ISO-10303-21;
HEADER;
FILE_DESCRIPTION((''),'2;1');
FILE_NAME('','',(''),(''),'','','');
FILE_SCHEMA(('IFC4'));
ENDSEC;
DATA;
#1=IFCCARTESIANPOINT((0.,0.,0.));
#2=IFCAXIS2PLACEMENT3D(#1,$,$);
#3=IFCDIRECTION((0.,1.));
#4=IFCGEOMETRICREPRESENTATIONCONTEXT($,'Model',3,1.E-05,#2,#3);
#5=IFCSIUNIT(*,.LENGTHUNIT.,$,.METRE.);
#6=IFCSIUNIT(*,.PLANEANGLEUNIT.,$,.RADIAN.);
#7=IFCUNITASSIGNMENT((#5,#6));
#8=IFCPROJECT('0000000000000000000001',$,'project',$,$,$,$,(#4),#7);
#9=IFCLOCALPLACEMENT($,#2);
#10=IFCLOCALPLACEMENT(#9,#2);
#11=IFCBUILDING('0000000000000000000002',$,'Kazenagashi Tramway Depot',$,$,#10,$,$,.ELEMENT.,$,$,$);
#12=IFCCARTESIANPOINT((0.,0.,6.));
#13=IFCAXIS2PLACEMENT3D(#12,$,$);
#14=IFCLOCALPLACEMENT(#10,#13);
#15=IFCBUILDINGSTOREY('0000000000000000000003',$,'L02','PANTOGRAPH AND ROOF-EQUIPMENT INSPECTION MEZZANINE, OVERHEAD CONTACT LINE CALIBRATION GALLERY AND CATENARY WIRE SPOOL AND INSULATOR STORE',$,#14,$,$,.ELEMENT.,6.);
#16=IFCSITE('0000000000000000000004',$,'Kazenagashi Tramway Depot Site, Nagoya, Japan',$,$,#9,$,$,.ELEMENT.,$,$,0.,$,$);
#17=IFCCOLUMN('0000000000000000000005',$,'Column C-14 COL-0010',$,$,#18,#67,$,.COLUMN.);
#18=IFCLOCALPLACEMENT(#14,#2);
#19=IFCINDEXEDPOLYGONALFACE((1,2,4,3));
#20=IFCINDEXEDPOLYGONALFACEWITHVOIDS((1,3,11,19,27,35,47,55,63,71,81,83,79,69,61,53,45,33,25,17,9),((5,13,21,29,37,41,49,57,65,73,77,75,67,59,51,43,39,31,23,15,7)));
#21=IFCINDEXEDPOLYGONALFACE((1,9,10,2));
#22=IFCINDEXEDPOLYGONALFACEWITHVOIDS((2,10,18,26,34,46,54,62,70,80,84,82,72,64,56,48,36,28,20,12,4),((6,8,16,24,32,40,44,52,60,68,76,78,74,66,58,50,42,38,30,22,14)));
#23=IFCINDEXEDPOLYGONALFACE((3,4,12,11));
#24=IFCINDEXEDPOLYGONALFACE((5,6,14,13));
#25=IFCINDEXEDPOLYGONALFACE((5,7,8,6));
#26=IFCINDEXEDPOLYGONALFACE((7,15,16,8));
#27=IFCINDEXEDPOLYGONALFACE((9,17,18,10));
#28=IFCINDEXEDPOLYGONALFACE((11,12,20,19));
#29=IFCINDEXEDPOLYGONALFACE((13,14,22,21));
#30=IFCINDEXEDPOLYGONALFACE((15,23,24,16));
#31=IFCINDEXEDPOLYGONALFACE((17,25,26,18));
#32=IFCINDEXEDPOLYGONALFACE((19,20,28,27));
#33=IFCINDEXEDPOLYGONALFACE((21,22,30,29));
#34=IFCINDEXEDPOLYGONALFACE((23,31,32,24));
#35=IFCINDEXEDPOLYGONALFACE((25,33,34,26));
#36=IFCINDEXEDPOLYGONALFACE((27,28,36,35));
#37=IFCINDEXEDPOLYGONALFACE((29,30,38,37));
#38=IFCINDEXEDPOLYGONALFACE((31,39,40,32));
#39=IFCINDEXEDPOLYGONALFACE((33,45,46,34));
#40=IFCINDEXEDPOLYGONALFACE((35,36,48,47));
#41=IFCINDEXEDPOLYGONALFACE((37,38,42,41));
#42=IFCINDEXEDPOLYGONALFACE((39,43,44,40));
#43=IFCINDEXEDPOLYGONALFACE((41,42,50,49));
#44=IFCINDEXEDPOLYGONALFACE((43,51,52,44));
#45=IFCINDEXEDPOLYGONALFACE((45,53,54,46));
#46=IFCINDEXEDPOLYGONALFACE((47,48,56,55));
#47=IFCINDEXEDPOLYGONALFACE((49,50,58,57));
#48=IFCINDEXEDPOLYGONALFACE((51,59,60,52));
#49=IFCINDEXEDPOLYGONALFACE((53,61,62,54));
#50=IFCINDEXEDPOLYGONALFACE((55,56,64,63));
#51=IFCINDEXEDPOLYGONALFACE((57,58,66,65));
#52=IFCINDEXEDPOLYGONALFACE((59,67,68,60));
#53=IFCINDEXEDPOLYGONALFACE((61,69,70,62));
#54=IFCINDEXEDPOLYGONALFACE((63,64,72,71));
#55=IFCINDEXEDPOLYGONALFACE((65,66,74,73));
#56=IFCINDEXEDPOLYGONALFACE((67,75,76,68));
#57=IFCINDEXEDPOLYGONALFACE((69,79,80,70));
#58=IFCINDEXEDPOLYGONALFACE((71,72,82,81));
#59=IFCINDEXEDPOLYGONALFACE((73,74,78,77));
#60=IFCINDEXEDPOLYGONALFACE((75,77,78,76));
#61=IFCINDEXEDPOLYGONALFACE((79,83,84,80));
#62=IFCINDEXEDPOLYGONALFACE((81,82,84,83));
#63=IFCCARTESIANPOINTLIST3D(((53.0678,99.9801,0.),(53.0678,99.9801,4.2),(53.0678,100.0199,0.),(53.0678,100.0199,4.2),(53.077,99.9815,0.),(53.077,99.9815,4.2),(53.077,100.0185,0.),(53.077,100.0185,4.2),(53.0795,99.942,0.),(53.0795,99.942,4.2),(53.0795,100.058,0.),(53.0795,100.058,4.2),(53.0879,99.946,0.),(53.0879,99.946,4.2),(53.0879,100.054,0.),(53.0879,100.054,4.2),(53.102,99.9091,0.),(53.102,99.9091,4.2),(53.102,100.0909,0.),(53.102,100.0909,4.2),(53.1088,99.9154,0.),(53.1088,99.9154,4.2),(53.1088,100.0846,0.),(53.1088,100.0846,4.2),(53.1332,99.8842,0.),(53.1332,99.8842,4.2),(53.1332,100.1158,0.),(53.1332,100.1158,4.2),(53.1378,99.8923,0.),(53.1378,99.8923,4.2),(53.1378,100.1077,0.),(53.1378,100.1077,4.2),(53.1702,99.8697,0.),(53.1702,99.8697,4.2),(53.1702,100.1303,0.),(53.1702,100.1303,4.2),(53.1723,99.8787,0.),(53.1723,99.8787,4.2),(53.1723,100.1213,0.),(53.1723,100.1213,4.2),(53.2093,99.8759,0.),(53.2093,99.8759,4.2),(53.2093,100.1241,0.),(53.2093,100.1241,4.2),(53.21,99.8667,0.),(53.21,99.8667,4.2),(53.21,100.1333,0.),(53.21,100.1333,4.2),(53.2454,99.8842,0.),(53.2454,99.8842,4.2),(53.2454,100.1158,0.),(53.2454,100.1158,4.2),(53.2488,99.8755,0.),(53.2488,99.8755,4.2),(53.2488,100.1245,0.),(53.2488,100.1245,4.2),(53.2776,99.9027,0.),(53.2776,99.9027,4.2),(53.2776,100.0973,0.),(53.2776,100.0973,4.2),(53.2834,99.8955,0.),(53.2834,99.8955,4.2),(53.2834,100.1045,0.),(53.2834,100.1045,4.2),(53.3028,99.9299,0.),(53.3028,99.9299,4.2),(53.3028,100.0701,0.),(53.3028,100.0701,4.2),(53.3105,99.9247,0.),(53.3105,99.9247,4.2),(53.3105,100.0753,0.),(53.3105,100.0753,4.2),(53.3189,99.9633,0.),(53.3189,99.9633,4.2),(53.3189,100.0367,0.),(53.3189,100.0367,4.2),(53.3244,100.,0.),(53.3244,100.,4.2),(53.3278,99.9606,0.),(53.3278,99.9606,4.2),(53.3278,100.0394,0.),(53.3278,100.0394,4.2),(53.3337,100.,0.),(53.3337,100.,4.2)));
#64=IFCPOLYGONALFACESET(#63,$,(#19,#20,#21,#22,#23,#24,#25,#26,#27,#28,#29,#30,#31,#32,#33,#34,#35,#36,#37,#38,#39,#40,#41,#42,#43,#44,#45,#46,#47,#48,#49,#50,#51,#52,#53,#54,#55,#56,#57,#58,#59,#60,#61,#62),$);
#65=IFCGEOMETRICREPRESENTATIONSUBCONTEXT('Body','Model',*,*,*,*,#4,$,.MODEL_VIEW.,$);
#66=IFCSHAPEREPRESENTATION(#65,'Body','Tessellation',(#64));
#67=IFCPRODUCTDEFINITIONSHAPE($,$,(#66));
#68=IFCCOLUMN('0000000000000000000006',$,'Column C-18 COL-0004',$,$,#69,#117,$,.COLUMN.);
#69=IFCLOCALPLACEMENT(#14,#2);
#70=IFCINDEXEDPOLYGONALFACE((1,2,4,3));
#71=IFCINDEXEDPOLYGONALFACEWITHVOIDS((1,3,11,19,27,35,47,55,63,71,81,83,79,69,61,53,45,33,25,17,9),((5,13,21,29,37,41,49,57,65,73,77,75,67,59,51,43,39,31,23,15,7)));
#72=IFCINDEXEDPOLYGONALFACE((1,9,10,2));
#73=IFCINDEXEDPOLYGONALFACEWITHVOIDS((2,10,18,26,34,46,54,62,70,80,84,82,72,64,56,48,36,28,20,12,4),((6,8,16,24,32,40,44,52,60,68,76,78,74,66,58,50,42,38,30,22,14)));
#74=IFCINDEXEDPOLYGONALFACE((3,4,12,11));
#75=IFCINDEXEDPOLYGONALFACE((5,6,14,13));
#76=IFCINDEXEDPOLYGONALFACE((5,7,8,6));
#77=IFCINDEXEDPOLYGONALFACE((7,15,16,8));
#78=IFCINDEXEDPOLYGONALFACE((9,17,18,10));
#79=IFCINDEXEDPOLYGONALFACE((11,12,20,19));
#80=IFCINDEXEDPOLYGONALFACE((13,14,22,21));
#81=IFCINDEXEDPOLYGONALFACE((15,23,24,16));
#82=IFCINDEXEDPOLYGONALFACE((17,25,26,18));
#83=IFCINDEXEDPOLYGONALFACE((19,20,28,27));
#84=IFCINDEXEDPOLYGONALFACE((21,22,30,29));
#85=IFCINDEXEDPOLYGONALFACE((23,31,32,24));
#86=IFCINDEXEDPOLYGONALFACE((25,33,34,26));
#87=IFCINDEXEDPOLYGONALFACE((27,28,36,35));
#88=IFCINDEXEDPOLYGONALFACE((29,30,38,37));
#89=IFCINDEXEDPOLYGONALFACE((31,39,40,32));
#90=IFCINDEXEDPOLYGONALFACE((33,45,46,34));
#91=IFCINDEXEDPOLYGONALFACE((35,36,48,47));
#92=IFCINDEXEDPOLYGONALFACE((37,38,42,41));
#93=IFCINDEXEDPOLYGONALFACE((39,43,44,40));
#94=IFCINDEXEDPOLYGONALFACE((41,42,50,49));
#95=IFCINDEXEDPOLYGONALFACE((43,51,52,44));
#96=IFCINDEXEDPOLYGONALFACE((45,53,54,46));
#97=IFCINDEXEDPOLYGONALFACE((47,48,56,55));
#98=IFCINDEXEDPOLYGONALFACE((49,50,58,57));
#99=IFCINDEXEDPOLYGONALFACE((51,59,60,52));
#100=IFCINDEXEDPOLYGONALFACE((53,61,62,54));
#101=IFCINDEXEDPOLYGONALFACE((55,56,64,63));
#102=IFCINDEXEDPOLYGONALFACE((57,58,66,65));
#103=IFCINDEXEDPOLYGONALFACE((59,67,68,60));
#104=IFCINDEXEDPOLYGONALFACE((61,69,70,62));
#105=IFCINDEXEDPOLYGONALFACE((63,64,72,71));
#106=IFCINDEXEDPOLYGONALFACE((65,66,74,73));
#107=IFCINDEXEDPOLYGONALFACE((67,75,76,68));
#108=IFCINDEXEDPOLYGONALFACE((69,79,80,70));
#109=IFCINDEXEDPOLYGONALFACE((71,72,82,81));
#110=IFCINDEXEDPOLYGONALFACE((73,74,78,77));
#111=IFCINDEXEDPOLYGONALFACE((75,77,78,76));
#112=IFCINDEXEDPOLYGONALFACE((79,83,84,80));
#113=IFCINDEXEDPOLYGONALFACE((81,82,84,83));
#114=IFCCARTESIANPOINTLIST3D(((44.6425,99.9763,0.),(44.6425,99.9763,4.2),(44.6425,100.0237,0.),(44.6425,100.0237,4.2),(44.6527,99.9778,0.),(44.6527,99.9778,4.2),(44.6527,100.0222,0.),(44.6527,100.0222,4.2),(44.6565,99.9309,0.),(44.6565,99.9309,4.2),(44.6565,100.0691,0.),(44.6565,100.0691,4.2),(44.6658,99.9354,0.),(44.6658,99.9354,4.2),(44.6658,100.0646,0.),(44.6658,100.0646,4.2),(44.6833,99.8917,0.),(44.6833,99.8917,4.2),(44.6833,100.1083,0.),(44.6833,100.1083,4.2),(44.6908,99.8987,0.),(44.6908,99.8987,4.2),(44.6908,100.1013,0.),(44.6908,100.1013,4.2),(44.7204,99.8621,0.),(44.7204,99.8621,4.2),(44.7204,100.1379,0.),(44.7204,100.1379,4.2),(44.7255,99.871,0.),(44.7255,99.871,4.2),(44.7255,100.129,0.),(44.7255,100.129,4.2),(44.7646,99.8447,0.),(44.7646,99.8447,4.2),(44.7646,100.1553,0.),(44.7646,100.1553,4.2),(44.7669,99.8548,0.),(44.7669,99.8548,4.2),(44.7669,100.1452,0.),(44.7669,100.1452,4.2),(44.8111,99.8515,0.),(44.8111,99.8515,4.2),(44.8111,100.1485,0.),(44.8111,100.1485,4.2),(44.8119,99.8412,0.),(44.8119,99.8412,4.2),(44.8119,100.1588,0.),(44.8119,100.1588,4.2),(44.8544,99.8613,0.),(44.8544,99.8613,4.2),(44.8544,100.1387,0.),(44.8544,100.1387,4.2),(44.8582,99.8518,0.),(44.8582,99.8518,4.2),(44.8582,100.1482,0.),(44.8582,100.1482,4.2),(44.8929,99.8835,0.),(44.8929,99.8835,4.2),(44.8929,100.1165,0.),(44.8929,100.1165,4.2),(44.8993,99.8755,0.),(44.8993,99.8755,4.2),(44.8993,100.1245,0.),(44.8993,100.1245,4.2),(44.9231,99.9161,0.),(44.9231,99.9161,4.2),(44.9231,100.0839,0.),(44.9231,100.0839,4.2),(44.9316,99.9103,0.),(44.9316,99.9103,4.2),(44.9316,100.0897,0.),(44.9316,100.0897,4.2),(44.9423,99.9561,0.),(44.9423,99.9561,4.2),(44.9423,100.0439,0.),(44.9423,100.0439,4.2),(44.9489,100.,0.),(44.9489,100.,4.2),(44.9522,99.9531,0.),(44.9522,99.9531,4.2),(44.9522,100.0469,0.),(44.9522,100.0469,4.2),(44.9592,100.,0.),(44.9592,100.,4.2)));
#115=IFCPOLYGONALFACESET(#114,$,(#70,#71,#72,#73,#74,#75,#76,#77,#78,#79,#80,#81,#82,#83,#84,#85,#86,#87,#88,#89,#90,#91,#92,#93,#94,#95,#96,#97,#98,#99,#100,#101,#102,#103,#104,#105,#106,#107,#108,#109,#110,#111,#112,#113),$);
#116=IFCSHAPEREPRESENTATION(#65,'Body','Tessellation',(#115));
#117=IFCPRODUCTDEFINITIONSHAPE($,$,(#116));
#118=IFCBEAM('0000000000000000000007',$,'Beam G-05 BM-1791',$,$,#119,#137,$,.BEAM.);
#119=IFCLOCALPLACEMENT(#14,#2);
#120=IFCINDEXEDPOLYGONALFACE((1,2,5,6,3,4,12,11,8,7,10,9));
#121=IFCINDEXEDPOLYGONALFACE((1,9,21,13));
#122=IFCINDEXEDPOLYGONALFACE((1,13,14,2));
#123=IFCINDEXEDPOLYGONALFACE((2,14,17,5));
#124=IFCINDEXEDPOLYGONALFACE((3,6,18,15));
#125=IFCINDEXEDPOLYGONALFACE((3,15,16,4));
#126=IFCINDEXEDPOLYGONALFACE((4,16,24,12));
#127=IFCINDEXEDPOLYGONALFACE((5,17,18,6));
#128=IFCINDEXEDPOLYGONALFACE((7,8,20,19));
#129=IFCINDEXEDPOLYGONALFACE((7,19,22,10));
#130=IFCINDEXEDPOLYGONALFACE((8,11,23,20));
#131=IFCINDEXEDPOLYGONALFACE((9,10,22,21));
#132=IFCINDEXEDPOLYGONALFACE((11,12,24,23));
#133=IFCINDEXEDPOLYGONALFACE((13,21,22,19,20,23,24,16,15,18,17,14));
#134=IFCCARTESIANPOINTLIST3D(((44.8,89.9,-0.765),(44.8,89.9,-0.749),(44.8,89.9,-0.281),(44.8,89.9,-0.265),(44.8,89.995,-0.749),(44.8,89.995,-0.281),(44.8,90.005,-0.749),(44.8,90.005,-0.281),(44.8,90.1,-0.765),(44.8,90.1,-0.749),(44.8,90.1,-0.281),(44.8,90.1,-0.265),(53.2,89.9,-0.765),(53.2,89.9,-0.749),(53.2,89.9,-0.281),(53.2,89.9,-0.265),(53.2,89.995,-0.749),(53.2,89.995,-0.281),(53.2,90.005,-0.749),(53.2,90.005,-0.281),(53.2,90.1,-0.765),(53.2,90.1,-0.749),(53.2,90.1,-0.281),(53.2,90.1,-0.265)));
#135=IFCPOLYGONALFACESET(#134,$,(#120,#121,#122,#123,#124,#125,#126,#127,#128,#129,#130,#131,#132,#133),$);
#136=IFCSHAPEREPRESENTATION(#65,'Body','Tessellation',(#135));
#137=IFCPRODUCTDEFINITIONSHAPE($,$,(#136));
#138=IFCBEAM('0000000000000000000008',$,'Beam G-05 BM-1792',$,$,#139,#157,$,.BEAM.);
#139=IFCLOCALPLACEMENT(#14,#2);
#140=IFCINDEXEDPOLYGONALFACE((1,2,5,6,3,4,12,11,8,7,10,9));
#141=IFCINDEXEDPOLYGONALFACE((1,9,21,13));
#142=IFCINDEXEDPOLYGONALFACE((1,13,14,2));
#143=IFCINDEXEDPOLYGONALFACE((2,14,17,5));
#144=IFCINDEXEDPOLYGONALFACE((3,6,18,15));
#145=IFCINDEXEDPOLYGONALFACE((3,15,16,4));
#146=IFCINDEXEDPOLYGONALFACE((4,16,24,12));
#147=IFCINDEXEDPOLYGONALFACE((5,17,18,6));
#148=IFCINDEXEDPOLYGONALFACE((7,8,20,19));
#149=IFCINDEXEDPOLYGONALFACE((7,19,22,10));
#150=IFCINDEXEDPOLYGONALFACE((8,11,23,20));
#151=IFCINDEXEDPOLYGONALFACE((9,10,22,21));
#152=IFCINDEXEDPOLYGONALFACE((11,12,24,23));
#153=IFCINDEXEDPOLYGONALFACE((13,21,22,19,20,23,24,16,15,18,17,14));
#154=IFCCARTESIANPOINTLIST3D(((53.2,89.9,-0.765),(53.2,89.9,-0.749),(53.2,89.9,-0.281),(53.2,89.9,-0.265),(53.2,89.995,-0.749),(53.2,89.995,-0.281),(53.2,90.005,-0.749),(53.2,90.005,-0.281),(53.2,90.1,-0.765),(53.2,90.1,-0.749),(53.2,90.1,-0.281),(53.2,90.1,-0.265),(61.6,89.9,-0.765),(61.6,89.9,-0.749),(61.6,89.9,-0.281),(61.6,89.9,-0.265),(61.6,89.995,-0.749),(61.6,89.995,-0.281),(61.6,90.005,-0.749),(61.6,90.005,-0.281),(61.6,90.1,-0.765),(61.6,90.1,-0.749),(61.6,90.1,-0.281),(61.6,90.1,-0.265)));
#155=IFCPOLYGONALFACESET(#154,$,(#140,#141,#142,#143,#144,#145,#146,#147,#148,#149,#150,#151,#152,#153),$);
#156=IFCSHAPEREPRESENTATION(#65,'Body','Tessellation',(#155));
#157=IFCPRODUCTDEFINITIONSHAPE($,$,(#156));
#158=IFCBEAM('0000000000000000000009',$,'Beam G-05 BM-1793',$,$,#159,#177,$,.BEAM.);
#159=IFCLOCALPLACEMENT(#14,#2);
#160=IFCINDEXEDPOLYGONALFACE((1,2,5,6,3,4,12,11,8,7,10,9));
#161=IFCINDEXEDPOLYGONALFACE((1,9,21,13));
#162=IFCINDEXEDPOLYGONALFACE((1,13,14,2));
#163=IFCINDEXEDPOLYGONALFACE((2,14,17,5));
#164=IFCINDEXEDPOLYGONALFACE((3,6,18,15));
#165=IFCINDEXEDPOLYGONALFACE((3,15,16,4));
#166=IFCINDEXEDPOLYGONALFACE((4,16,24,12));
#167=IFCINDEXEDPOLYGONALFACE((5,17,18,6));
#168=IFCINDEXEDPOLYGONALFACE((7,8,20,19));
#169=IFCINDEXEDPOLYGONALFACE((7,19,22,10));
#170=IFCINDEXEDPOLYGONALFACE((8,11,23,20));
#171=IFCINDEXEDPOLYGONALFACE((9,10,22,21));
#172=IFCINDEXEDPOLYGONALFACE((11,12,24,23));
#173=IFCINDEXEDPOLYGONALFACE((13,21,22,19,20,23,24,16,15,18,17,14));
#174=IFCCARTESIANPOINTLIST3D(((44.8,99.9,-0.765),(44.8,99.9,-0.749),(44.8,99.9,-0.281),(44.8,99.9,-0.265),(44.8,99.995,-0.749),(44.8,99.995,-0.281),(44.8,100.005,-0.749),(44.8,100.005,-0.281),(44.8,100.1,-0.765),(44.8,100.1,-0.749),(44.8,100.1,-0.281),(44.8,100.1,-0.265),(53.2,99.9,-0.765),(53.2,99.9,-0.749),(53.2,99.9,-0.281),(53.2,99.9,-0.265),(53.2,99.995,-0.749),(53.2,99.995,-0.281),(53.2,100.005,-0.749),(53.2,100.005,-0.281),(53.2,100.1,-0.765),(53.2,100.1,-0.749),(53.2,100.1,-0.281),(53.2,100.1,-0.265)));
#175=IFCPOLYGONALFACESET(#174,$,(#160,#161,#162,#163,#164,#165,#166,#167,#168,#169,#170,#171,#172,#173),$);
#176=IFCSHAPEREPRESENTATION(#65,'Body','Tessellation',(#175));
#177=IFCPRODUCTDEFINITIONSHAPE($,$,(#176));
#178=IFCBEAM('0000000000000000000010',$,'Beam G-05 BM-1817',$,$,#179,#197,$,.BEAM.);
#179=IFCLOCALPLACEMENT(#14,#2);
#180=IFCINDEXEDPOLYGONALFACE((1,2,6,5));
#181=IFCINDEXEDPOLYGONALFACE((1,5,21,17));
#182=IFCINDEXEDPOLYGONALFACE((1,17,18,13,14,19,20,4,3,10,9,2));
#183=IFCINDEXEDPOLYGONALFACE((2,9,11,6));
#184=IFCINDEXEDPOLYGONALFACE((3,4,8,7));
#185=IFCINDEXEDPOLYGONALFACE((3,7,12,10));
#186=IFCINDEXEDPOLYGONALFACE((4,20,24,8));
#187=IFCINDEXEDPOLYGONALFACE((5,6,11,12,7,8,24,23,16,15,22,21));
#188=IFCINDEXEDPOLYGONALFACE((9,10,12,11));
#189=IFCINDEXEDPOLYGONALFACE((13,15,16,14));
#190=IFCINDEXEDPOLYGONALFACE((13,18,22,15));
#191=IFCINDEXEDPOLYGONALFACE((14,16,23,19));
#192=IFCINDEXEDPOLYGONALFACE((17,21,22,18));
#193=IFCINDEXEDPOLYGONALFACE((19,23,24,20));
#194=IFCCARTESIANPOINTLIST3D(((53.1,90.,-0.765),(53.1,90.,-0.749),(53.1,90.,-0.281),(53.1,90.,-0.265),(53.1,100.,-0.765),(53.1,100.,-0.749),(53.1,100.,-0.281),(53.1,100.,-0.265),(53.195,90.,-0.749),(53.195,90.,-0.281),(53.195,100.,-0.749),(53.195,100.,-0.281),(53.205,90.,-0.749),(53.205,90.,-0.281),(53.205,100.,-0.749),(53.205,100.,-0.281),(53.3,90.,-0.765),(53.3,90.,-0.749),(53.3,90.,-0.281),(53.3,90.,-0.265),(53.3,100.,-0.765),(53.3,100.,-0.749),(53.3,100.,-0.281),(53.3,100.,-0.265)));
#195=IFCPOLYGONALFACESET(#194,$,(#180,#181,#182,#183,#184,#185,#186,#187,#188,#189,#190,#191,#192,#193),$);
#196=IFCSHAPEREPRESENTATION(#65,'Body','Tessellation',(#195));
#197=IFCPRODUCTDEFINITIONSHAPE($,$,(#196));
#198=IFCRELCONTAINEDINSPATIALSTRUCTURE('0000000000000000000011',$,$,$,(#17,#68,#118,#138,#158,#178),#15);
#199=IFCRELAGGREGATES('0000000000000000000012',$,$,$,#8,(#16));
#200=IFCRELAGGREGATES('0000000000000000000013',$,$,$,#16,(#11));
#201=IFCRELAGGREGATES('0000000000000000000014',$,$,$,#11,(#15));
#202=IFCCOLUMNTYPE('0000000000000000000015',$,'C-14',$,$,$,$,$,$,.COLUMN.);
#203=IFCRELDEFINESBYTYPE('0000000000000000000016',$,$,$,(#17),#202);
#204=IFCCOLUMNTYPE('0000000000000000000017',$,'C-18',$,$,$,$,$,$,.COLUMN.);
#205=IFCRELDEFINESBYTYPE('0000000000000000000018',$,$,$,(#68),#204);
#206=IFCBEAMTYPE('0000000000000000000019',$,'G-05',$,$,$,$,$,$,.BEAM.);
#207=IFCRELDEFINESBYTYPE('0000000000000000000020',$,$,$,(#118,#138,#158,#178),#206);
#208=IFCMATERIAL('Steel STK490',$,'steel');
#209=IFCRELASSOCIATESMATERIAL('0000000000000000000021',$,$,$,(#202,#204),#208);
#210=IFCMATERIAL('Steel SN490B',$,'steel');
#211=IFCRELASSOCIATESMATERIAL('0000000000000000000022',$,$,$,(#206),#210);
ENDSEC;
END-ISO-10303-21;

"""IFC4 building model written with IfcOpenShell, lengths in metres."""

from ifc_helpers import new_model, si_unit, direction, frame, origin, origin_2d, place, context, subcontext, project, spatial, hollow_circle, i_section, extrude, material, material_profile, profile_set, type_object, element, save


model = new_model("IFC4")

# Units and contexts
model_context = context("Model", 3, precision=1e-05, world=origin(), true_north=direction((0.0, 1.0)))
body_context = subcontext(model_context, "Body", "Model", "MODEL_VIEW")
ifc_project = project(units=[si_unit("LENGTHUNIT", "METRE"), si_unit("PLANEANGLEUNIT", "RADIAN")], contexts=[model_context])

# Site, building, storey
site_placement = place(None, origin())
site = spatial("IfcSite", under=ifc_project, at=site_placement, Name="Kazenagashi Tramway Depot Site, Nagoya, Japan", CompositionType="ELEMENT", RefElevation=0.0)
building_placement = place(site_placement, origin())
building = spatial("IfcBuilding", under=site, at=building_placement, Name="Kazenagashi Tramway Depot", CompositionType="ELEMENT")
storey_placement = place(building_placement, frame((0.0, 0.0, 6.0)))
storey = spatial("IfcBuildingStorey", under=building, at=storey_placement, Name="L02", Description="PANTOGRAPH AND ROOF-EQUIPMENT INSPECTION MEZZANINE, OVERHEAD CONTACT LINE CALIBRATION GALLERY AND CATENARY WIRE SPOOL AND INSULATOR STORE", CompositionType="ELEMENT", Elevation=6.0)

# Columns
ifc_material_1 = material(Name="Steel STK490", Category="steel")
ifc_material_profile_1 = material_profile(ifc_material_1, hollow_circle(Radius=0.1337, WallThickness=0.0093, at=origin_2d()), Name="CHS-267.4x9.3")
ifc_profile_set_1 = profile_set([ifc_material_profile_1], Name="Steel STK490")
column_type_1 = type_object("IfcColumnType", Name="C-14", PredefinedType="COLUMN", material=ifc_profile_set_1)
column_1_placement = place(storey_placement, frame((53.2, 100.0, 0.0), z_axis=(0.0, 0.0, 1.0), x_axis=(1.0, 0.0, 0.0)))
element("IfcColumn", 1, at=column_1_placement, inside=storey, type_object=column_type_1, Name="Column C-14 COL-0010", PredefinedType="COLUMN", context=body_context, shape_type="SweptSolid", body=[
    extrude(hollow_circle(Radius=0.1337, WallThickness=0.0093, at=origin_2d()), origin(), (0.0, 0.0, 1.0), 4.2),
])
ifc_material_profile_2 = material_profile(ifc_material_1, hollow_circle(Radius=0.1593, WallThickness=0.0103, at=origin_2d()), Name="CHS-318.5x10.3")
ifc_profile_set_2 = profile_set([ifc_material_profile_2], Name="Steel STK490")
column_type_2 = type_object("IfcColumnType", Name="C-18", PredefinedType="COLUMN", material=ifc_profile_set_2)
column_2_placement = place(storey_placement, frame((44.8, 100.0, 0.0), z_axis=(0.0, 0.0, 1.0), x_axis=(1.0, 0.0, 0.0)))
element("IfcColumn", 2, at=column_2_placement, inside=storey, type_object=column_type_2, Name="Column C-18 COL-0004", PredefinedType="COLUMN", context=body_context, shape_type="SweptSolid", body=[
    extrude(hollow_circle(Radius=0.1593, WallThickness=0.0103, at=origin_2d()), origin(), (0.0, 0.0, 1.0), 4.2),
])

# Beams
ifc_material_2 = material(Name="Steel SN490B", Category="steel")
ifc_material_profile_3 = material_profile(ifc_material_2, i_section(OverallWidth=0.2, OverallDepth=0.5, WebThickness=0.01, FlangeThickness=0.016, at=origin_2d()), Name="H-500x200x10x16")
ifc_profile_set_3 = profile_set([ifc_material_profile_3], Name="Steel SN490B")
beam_type_1 = type_object("IfcBeamType", Name="G-05", PredefinedType="BEAM", material=ifc_profile_set_3)
for number, where, z_axis, x_axis, name in (
    (3, (44.8, 90.0, -0.515), (1.0, 0.0, 0.0), (0.0, 1.0, 0.0), "Beam G-05 BM-1791"),
    (4, (53.2, 90.0, -0.515), (1.0, 0.0, 0.0), (0.0, 1.0, 0.0), "Beam G-05 BM-1792"),
    (5, (44.8, 100.0, -0.515), (1.0, 0.0, 0.0), (0.0, 1.0, 0.0), "Beam G-05 BM-1793"),
):
    element("IfcBeam", number, at=place(storey_placement, frame(where, z_axis=z_axis, x_axis=x_axis)), inside=storey, type_object=beam_type_1, Name=name, PredefinedType="BEAM", context=body_context, shape_type="SweptSolid", body=[
        extrude(i_section(OverallWidth=0.2, OverallDepth=0.5, WebThickness=0.01, FlangeThickness=0.016, at=origin_2d()), origin(), (0.0, 0.0, 1.0), 8.4),
    ])
beam_1_placement = place(storey_placement, frame((53.2, 90.0, -0.515), z_axis=(0.0, 1.0, 0.0), x_axis=(-1.0, 0.0, 0.0)))
element("IfcBeam", 6, at=beam_1_placement, inside=storey, type_object=beam_type_1, Name="Beam G-05 BM-1817", PredefinedType="BEAM", context=body_context, shape_type="SweptSolid", body=[
    extrude(i_section(OverallWidth=0.2, OverallDepth=0.5, WebThickness=0.01, FlangeThickness=0.016, at=origin_2d()), origin(), (0.0, 0.0, 1.0), 10.0),
])

save(model, "model.ifc")
